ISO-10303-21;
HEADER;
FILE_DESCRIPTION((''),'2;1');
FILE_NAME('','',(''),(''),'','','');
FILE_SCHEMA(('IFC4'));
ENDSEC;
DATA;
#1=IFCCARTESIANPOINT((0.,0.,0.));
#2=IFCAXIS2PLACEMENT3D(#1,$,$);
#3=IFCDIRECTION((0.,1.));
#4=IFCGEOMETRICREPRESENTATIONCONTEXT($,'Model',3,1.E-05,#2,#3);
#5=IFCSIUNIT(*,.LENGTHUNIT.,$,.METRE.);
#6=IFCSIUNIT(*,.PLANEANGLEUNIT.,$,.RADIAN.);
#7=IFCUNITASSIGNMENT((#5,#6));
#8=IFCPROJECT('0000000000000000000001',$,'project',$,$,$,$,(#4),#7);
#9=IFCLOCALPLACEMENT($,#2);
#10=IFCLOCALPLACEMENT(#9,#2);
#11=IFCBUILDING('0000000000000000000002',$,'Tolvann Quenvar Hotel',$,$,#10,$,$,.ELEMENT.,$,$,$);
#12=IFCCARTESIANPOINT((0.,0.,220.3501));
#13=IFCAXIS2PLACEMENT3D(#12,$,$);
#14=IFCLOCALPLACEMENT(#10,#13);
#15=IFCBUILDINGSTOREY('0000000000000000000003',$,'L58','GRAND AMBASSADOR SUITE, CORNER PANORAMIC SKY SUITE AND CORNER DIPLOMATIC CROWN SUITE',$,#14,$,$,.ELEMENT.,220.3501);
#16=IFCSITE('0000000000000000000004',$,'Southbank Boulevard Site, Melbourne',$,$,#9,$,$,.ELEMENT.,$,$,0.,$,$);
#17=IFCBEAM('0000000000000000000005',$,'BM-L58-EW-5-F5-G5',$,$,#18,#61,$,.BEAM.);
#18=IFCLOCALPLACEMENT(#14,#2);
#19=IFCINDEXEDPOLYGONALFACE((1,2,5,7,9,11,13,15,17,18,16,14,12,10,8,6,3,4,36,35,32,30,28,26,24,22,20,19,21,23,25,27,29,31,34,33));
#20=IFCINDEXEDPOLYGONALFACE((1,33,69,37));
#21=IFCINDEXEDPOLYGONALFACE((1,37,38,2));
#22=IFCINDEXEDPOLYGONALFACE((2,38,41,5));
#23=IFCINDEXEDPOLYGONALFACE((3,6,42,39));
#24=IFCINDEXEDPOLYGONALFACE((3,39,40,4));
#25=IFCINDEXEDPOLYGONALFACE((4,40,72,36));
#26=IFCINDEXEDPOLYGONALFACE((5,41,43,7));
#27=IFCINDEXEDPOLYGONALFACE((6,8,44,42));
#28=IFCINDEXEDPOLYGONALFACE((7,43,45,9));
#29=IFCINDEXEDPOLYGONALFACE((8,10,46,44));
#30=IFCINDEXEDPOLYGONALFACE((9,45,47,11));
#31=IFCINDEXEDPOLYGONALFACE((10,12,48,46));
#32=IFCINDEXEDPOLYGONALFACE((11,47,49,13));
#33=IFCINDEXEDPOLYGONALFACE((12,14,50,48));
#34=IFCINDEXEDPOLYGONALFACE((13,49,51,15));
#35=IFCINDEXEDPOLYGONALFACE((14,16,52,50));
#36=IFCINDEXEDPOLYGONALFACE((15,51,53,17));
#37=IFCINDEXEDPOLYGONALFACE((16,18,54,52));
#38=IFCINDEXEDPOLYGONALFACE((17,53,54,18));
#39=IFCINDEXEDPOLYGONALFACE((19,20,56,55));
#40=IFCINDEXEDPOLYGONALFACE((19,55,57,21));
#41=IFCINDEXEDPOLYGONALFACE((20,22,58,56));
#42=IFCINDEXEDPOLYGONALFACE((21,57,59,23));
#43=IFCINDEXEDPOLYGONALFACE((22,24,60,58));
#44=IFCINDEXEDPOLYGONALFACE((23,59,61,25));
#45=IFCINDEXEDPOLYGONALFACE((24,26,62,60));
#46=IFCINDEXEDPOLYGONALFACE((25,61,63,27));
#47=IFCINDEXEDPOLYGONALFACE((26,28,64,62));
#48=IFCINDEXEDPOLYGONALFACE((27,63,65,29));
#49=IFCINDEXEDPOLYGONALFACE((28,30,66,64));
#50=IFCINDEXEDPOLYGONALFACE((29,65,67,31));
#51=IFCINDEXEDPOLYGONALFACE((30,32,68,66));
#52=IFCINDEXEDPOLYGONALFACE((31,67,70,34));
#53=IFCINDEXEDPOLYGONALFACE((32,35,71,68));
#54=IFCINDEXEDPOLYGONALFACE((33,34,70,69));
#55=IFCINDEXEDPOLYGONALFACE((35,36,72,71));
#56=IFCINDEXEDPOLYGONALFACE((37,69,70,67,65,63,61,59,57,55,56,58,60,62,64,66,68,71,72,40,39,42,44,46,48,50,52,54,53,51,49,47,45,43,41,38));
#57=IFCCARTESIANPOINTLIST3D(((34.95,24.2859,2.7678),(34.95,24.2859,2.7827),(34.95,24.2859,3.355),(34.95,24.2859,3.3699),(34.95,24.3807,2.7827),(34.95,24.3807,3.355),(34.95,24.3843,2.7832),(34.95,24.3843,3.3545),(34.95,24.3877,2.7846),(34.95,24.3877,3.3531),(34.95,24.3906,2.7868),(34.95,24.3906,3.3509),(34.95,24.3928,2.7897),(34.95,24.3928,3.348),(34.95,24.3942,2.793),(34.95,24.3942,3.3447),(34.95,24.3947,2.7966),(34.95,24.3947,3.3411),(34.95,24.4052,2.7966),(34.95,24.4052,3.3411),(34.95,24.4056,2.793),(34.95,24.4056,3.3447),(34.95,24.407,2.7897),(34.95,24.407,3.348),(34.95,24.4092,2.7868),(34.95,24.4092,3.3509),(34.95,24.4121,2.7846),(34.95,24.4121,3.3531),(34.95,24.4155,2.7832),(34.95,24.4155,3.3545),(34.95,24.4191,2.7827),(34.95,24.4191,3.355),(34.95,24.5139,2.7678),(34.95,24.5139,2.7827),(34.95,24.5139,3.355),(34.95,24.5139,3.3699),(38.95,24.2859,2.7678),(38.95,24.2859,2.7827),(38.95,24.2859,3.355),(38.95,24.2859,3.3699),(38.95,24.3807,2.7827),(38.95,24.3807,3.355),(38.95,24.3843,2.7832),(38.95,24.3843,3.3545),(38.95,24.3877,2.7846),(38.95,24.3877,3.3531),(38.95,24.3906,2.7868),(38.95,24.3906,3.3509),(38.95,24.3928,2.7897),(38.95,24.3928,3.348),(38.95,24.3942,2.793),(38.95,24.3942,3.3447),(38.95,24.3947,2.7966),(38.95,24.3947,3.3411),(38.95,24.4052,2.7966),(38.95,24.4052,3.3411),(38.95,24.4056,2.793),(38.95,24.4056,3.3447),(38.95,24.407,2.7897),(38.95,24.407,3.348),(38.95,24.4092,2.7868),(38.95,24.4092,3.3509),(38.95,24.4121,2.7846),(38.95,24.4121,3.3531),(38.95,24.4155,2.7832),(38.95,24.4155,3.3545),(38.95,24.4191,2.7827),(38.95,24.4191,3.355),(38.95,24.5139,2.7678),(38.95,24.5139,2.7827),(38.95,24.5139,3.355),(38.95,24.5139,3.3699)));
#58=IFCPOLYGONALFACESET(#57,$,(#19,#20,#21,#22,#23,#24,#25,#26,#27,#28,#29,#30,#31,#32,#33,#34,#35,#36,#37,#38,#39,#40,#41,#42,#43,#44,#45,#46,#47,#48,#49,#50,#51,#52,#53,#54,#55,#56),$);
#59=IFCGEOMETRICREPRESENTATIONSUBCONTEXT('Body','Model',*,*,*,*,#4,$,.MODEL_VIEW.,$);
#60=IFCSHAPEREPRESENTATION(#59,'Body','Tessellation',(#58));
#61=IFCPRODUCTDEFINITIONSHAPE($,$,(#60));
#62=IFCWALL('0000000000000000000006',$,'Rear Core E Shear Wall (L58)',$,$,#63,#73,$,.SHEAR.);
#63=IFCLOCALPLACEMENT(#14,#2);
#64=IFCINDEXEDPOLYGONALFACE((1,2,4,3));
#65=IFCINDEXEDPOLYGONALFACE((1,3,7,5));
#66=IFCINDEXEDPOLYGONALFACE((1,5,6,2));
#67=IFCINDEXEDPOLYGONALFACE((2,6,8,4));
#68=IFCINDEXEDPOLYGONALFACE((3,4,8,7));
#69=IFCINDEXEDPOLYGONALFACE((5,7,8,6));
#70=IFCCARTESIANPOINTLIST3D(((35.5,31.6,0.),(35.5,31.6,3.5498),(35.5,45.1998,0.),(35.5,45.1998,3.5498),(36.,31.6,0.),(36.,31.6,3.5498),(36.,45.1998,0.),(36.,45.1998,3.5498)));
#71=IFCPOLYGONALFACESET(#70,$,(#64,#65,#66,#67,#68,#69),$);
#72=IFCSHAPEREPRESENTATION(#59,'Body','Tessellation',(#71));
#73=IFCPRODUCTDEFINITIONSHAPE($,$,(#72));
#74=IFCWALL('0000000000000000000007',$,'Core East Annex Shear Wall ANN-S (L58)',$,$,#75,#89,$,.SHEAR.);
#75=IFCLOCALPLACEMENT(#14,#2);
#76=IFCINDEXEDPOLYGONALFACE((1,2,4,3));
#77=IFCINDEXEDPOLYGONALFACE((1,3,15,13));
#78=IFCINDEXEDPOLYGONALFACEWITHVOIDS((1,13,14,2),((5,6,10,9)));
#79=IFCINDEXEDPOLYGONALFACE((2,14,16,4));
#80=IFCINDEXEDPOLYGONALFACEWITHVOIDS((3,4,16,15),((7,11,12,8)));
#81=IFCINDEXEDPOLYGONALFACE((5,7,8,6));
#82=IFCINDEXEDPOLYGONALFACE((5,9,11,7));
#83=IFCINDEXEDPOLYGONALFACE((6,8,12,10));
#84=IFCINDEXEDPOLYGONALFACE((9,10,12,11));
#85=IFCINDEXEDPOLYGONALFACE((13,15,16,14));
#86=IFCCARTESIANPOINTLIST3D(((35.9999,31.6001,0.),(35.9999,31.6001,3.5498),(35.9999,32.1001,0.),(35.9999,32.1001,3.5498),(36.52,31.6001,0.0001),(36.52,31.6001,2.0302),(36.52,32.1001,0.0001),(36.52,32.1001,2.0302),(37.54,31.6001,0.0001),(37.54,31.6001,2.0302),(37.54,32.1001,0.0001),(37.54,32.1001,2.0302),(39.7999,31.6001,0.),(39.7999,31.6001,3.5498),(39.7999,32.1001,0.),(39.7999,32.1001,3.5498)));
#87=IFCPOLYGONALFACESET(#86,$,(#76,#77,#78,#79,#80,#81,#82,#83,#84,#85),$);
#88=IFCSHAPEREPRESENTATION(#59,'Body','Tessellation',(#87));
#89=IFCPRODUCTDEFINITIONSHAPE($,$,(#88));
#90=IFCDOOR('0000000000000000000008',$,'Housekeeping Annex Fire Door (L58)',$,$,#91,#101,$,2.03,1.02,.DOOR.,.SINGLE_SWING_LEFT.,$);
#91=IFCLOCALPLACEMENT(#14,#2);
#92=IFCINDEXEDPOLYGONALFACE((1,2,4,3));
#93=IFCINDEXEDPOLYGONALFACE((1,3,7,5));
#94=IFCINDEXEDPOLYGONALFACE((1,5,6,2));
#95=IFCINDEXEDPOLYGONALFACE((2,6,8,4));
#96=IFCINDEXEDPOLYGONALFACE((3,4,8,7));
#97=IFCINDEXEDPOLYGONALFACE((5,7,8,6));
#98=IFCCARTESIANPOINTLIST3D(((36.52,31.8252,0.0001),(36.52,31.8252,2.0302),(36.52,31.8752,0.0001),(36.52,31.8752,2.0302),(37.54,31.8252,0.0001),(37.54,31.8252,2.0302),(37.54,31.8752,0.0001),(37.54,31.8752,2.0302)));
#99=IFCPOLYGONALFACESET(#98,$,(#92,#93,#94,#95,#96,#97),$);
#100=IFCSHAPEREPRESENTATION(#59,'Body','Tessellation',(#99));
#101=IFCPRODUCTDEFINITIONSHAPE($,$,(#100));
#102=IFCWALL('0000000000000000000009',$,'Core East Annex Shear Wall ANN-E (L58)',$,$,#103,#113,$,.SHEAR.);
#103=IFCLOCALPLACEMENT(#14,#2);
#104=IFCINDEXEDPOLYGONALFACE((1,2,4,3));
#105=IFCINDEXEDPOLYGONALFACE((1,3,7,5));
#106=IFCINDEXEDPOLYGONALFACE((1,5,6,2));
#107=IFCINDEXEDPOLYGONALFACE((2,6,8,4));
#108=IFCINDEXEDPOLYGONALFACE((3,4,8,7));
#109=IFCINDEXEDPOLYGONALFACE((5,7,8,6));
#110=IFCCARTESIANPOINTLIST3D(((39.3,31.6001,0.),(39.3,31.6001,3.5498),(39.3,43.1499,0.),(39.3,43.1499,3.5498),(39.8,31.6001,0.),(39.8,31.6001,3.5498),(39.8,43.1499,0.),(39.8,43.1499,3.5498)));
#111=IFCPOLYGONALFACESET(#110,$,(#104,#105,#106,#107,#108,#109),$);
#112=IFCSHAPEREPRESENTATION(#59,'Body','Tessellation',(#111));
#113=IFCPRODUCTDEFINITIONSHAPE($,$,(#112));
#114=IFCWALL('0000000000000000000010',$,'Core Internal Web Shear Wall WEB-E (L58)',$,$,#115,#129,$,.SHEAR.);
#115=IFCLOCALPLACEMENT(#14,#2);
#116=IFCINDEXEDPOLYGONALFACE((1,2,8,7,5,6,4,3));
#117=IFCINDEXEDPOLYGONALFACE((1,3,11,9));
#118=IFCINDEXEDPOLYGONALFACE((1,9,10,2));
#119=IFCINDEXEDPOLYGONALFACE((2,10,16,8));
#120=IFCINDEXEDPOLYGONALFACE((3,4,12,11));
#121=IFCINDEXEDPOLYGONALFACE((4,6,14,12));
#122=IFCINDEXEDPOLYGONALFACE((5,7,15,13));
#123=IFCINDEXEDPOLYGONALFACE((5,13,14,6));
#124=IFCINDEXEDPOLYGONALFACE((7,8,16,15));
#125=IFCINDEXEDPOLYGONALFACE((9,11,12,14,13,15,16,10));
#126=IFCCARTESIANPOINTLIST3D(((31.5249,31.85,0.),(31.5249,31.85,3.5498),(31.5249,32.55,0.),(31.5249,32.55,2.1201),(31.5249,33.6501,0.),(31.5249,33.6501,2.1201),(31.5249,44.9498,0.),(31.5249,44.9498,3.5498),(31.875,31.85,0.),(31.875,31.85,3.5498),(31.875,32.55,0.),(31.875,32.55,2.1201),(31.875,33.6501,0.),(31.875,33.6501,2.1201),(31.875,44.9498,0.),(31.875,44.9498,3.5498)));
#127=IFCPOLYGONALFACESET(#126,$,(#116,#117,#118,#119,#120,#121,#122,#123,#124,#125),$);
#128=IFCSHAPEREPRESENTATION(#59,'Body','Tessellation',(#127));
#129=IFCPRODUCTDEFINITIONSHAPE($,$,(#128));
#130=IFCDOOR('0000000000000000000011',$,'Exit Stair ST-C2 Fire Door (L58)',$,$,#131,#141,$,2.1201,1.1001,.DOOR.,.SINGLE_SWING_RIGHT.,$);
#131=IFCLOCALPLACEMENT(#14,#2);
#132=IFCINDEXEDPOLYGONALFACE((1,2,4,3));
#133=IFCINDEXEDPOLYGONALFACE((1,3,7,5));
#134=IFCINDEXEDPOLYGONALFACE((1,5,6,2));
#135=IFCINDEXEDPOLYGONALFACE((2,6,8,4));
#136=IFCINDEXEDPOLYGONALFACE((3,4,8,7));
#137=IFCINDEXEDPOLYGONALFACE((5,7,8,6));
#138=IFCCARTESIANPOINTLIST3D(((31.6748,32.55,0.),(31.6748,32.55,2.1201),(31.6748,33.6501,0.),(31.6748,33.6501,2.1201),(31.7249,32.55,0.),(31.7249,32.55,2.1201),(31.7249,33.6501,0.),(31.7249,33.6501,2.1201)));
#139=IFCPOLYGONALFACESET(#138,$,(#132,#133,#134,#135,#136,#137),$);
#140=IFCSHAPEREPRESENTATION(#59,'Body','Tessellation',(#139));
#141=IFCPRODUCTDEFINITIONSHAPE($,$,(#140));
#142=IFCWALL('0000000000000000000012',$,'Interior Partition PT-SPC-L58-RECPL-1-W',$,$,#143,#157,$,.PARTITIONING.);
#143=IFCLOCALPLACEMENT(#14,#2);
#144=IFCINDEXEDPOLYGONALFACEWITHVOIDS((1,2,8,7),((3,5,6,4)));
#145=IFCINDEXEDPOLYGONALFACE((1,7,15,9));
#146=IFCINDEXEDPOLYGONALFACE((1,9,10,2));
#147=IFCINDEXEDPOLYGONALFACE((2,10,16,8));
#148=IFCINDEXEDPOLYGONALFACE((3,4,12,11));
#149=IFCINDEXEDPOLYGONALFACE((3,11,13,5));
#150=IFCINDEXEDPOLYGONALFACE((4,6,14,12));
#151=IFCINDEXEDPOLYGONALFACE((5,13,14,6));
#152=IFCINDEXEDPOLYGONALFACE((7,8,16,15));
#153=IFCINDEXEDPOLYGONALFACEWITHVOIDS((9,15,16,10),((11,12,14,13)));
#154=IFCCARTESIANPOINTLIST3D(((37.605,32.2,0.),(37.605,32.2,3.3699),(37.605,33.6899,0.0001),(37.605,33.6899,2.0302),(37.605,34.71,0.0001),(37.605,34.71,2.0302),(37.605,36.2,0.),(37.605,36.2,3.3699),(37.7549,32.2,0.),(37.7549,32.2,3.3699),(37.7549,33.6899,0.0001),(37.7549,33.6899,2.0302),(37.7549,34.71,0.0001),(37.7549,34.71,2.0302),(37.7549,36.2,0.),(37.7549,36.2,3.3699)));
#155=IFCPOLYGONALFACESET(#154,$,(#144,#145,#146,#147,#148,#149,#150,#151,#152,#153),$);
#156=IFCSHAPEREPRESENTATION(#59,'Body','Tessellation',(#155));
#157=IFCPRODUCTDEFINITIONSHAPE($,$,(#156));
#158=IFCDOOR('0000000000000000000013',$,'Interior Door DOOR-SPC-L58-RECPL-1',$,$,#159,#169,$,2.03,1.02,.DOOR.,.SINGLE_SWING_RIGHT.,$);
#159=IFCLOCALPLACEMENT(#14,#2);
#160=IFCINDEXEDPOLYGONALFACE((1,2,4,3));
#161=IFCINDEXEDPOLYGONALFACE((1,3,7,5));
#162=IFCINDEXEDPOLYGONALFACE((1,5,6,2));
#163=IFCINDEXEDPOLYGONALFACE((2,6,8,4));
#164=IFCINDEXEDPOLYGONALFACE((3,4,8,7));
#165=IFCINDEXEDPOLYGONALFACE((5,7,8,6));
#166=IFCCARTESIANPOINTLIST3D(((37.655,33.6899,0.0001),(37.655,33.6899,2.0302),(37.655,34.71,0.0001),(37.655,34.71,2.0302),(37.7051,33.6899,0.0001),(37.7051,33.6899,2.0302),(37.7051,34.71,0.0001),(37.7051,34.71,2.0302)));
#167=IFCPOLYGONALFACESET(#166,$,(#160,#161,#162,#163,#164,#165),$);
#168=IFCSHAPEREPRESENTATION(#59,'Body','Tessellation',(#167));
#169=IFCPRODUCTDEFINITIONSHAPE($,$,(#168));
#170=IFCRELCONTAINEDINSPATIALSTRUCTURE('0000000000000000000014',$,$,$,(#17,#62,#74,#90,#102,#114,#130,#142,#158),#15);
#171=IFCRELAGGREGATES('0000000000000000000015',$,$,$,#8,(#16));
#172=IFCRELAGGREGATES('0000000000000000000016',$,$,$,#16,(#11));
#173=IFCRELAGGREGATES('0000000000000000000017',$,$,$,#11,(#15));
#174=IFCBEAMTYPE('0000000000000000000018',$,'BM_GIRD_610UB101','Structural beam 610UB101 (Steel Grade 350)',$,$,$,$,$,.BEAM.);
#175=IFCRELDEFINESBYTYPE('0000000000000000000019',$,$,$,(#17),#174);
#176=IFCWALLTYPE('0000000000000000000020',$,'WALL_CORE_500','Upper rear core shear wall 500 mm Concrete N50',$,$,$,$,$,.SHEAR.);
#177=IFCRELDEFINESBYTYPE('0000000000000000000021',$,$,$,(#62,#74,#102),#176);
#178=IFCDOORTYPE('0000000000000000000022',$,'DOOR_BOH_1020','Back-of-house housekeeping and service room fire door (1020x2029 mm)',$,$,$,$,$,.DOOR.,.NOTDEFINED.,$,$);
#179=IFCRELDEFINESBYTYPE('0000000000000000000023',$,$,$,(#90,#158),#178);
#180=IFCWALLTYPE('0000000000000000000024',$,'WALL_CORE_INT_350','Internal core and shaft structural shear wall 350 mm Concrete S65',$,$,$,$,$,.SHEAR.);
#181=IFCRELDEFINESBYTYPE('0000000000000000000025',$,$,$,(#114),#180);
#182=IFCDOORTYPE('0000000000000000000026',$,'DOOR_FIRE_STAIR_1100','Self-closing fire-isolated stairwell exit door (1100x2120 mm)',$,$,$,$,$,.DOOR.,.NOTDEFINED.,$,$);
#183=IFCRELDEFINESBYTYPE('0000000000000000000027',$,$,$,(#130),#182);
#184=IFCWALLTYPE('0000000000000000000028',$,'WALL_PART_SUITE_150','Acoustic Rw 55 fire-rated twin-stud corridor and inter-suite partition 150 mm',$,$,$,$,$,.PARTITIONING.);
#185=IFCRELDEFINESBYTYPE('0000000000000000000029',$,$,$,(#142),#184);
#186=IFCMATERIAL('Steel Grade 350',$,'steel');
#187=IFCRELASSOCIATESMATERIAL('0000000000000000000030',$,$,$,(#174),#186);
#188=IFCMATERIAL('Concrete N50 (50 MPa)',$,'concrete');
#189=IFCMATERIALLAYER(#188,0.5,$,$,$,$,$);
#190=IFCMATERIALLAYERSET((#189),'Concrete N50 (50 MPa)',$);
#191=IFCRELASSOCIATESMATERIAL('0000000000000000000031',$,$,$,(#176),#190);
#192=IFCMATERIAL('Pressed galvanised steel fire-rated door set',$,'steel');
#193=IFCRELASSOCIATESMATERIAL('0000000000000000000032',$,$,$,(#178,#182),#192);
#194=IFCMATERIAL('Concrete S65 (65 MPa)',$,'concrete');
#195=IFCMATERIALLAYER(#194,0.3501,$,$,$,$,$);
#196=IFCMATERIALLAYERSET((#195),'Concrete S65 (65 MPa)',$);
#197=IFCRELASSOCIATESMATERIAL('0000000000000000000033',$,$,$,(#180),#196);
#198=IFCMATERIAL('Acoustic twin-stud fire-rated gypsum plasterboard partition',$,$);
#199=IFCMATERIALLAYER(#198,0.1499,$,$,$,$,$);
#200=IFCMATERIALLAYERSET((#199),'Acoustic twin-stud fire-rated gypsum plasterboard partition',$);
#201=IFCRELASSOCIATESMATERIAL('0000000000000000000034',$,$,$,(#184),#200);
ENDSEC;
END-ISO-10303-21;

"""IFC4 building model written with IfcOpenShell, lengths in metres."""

from ifc_helpers import new_model, si_unit, direction, frame, frame_2d, origin, origin_2d, place, context, subcontext, project, spatial, rectangle, i_section, extrude, source, transform, mapped, material, layer, layer_set, material_profile, profile_set, type_object, type_shapes, element, fill, save


model = new_model("IFC4")

# Units and contexts
model_context = context("Model", 3, precision=1e-05, world=origin(), true_north=direction((0.0, 1.0)))
body_context = subcontext(model_context, "Body", "Model", "MODEL_VIEW")
ifc_project = project(units=[si_unit("LENGTHUNIT", "METRE"), si_unit("PLANEANGLEUNIT", "RADIAN")], contexts=[model_context])

# Site, building, storey
site_placement = place(None, origin())
site = spatial("IfcSite", under=ifc_project, at=site_placement, Name="Southbank Boulevard Site, Melbourne", CompositionType="ELEMENT", RefElevation=0.0)
building_placement = place(site_placement, origin())
building = spatial("IfcBuilding", under=site, at=building_placement, Name="Tolvann Quenvar Hotel", CompositionType="ELEMENT")
storey_placement = place(building_placement, frame((0.0, 0.0, 220.3501)))
storey = spatial("IfcBuildingStorey", under=building, at=storey_placement, Name="L58", Description="GRAND AMBASSADOR SUITE, CORNER PANORAMIC SKY SUITE AND CORNER DIPLOMATIC CROWN SUITE", CompositionType="ELEMENT", Elevation=220.3501)

# Shared definitions
ifc_material_1 = material(Name="Concrete N50 (50 MPa)", Category="concrete")

# Beam
ifc_material_2 = material(Name="Steel Grade 350", Category="steel")
ifc_material_profile_1 = material_profile(ifc_material_2, i_section(OverallWidth=0.228, OverallDepth=0.6021, WebThickness=0.0105, FlangeThickness=0.0149, FilletRadius=0.0139, at=origin_2d()), Name="610UB101")
ifc_profile_set_1 = profile_set([ifc_material_profile_1], Name="Steel Grade 350")
beam_type_1 = type_object("IfcBeamType", Name="BM_GIRD_610UB101", Description="Structural beam 610UB101 (Steel Grade 350)", PredefinedType="BEAM", material=ifc_profile_set_1)
shared_shape_1 = source(origin(), body_context, "Body", "SweptSolid", [
    extrude(i_section(OverallWidth=0.228, OverallDepth=0.6021, WebThickness=0.0105, FlangeThickness=0.0149, FilletRadius=0.0139, at=origin_2d()), origin(), (0.0, 0.0, 1.0), 4.0),
])
beam_1_placement = place(storey_placement, frame((34.95, 24.3999, 3.0688), z_axis=(1.0, 0.0, 0.0), x_axis=(0.0, 1.0, 0.0)))
element("IfcBeam", 1, at=beam_1_placement, inside=storey, type_object=beam_type_1, Name="BM-L58-EW-5-F5-G5", PredefinedType="BEAM", context=body_context, shape_type="MappedRepresentation", body=[
    mapped(shared_shape_1, transform((0.0, 0.0, 0.0), x_axis=(1.0, 0.0, 0.0), y_axis=(0.0, 1.0, 0.0), z_axis=(0.0, 0.0, 1.0), scale=1.0)),
])

# Wall
ifc_layer_1 = layer(ifc_material_1, 0.5)
ifc_layer_set_1 = layer_set([ifc_layer_1], Name="Concrete N50 (50 MPa)")
wall_type_1 = type_object("IfcWallType", Name="WALL_CORE_500", Description="Upper rear core shear wall 500 mm Concrete N50", PredefinedType="SHEAR", material=ifc_layer_set_1)
wall_1_placement = place(storey_placement, frame((35.75, 31.6001, 0.0), z_axis=(0.0, 0.0, 1.0), x_axis=(0.0, 1.0, 0.0)))
element("IfcWall", 2, at=wall_1_placement, inside=storey, type_object=wall_type_1, Name="Rear Core E Shear Wall (L58)", PredefinedType="SHEAR", context=body_context, shape_type="SweptSolid", body=[
    extrude(rectangle(XDim=13.5999, YDim=0.5, at=frame_2d((6.7998, 0.0))), origin(), (0.0, 0.0, 1.0), 3.5498),
])

# Wall, opening, door
wall_2_placement = place(storey_placement, frame((36.0, 31.8501, 0.0), z_axis=(0.0, 0.0, 1.0), x_axis=(1.0, 0.0, 0.0)))
wall_2 = element("IfcWall", 3, at=wall_2_placement, inside=storey, type_object=wall_type_1, Name="Core East Annex Shear Wall ANN-S (L58)", PredefinedType="SHEAR", context=body_context, shape_type="SweptSolid", body=[
    extrude(rectangle(XDim=3.8, YDim=0.5, at=frame_2d((1.8999, 0.0))), origin(), (0.0, 0.0, 1.0), 3.5498),
])
opening_1_placement = place(wall_2_placement, frame((1.54, 0.0, 0.0), z_axis=(0.0, 0.0, 1.0), x_axis=(-1.0, 0.0, 0.0)))
opening_1 = element("IfcOpeningElement", 4, at=opening_1_placement, cuts=wall_2, PredefinedType="OPENING", context=body_context, shape_type="SweptSolid", body=[
    extrude(rectangle(XDim=1.02, YDim=2.03, at=frame_2d((0.51, 1.0151))), frame((0.0, 0.26, 0.0), z_axis=(0.0, -1.0, 0.0), x_axis=(1.0, 0.0, 0.0)), (0.0, 0.0, 1.0), 0.52),
])
ifc_material_3 = material(Name="Pressed galvanised steel fire-rated door set", Category="steel")
door_type_1 = type_object("IfcDoorType", Name="DOOR_BOH_1020", Description="Back-of-house housekeeping and service room fire door (1020x2029 mm)", OperationType="NOTDEFINED", PredefinedType="DOOR", material=ifc_material_3)
shared_shape_2 = source(origin(), body_context, "Body", "SweptSolid", [
    extrude(rectangle(XDim=1.02, YDim=2.03, at=frame_2d((0.51, 1.0151))), frame((0.0, 0.0249, 0.0), z_axis=(0.0, -1.0, 0.0), x_axis=(1.0, 0.0, 0.0)), (0.0, 0.0, 1.0), 0.05),
])
type_shapes(door_type_1, [shared_shape_2])
door_1_placement = place(opening_1_placement, origin())
door_1 = element("IfcDoor", 5, at=door_1_placement, inside=storey, type_object=door_type_1, Name="Housekeeping Annex Fire Door (L58)", OperationType="SINGLE_SWING_LEFT", OverallHeight=2.03, OverallWidth=1.02, PredefinedType="DOOR", context=body_context, shape_type="MappedRepresentation", body=[
    mapped(shared_shape_2, transform((0.0, 0.0, 0.0), x_axis=(1.0, 0.0, 0.0), y_axis=(0.0, 1.0, 0.0), z_axis=(0.0, 0.0, 1.0), scale=1.0)),
])
fill(opening_1, door_1)

# Wall
wall_3_placement = place(storey_placement, frame((39.55, 31.6001, 0.0), z_axis=(0.0, 0.0, 1.0), x_axis=(0.0, 1.0, 0.0)))
element("IfcWall", 6, at=wall_3_placement, inside=storey, type_object=wall_type_1, Name="Core East Annex Shear Wall ANN-E (L58)", PredefinedType="SHEAR", context=body_context, shape_type="SweptSolid", body=[
    extrude(rectangle(XDim=11.5498, YDim=0.5, at=frame_2d((5.7749, 0.0))), origin(), (0.0, 0.0, 1.0), 3.5498),
])

# Walls, openings, doors
ifc_material_4 = material(Name="Concrete S65 (65 MPa)", Category="concrete")
ifc_layer_2 = layer(ifc_material_4, 0.3501)
ifc_layer_set_2 = layer_set([ifc_layer_2], Name="Concrete S65 (65 MPa)")
wall_type_2 = type_object("IfcWallType", Name="WALL_CORE_INT_350", Description="Internal core and shaft structural shear wall 350 mm Concrete S65", PredefinedType="SHEAR", material=ifc_layer_set_2)
wall_4_placement = place(storey_placement, frame((31.7, 31.8501, 0.0), z_axis=(0.0, 0.0, 1.0), x_axis=(0.0, 1.0, 0.0)))
wall_4 = element("IfcWall", 7, at=wall_4_placement, inside=storey, type_object=wall_type_2, Name="Core Internal Web Shear Wall WEB-E (L58)", PredefinedType="SHEAR", context=body_context, shape_type="SweptSolid", body=[
    extrude(rectangle(XDim=13.0999, YDim=0.3501, at=frame_2d((6.5498, 0.0))), origin(), (0.0, 0.0, 1.0), 3.5498),
])
opening_2_placement = place(wall_4_placement, frame((1.8, 0.0, 0.0), z_axis=(0.0, 0.0, 1.0), x_axis=(-1.0, 0.0, 0.0)))
opening_2 = element("IfcOpeningElement", 8, at=opening_2_placement, cuts=wall_4, PredefinedType="OPENING", context=body_context, shape_type="SweptSolid", body=[
    extrude(rectangle(XDim=1.1001, YDim=2.1201, at=frame_2d((0.55, 1.0601))), frame((0.0, 0.1851, 0.0), z_axis=(0.0, -1.0, 0.0), x_axis=(1.0, 0.0, 0.0)), (0.0, 0.0, 1.0), 0.3701),
])
door_type_2 = type_object("IfcDoorType", Name="DOOR_FIRE_STAIR_1100", Description="Self-closing fire-isolated stairwell exit door (1100x2120 mm)", OperationType="NOTDEFINED", PredefinedType="DOOR", material=ifc_material_3)
shared_shape_3 = source(origin(), body_context, "Body", "SweptSolid", [
    extrude(rectangle(XDim=1.1001, YDim=2.1201, at=frame_2d((0.55, 1.0601))), frame((0.0, 0.0249, 0.0), z_axis=(0.0, -1.0, 0.0), x_axis=(1.0, 0.0, 0.0)), (0.0, 0.0, 1.0), 0.05),
])
type_shapes(door_type_2, [shared_shape_3])
door_2_placement = place(opening_2_placement, origin())
door_2 = element("IfcDoor", 9, at=door_2_placement, inside=storey, type_object=door_type_2, Name="Exit Stair ST-C2 Fire Door (L58)", OperationType="SINGLE_SWING_RIGHT", OverallHeight=2.1201, OverallWidth=1.1001, PredefinedType="DOOR", context=body_context, shape_type="MappedRepresentation", body=[
    mapped(shared_shape_3, transform((0.0, 0.0, 0.0), x_axis=(1.0, 0.0, 0.0), y_axis=(0.0, 1.0, 0.0), z_axis=(0.0, 0.0, 1.0), scale=1.0)),
])
fill(opening_2, door_2)
ifc_material_5 = material(Name="Acoustic twin-stud fire-rated gypsum plasterboard partition")
ifc_layer_3 = layer(ifc_material_5, 0.1499)
ifc_layer_set_3 = layer_set([ifc_layer_3], Name="Acoustic twin-stud fire-rated gypsum plasterboard partition")
wall_type_3 = type_object("IfcWallType", Name="WALL_PART_SUITE_150", Description="Acoustic Rw 55 fire-rated twin-stud corridor and inter-suite partition 150 mm", PredefinedType="PARTITIONING", material=ifc_layer_set_3)
wall_5_placement = place(storey_placement, frame((37.6799, 32.2, 0.0), z_axis=(0.0, 0.0, 1.0), x_axis=(0.0, 1.0, 0.0)))
wall_5 = element("IfcWall", 10, at=wall_5_placement, inside=storey, type_object=wall_type_3, Name="Interior Partition PT-SPC-L58-RECPL-1-W", PredefinedType="PARTITIONING", context=body_context, shape_type="SweptSolid", body=[
    extrude(rectangle(XDim=4.0, YDim=0.1499, at=frame_2d((2.0, 0.0))), origin(), (0.0, 0.0, 1.0), 3.3699),
])
opening_3_placement = place(wall_5_placement, frame((1.49, 0.0, 0.0)))
opening_3 = element("IfcOpeningElement", 11, at=opening_3_placement, cuts=wall_5, PredefinedType="OPENING", context=body_context, shape_type="SweptSolid", body=[
    extrude(rectangle(XDim=1.02, YDim=2.03, at=frame_2d((0.51, 1.0151))), frame((0.0, 0.085, 0.0), z_axis=(0.0, -1.0, 0.0), x_axis=(1.0, 0.0, 0.0)), (0.0, 0.0, 1.0), 0.1699),
])
door_3_placement = place(opening_3_placement, origin())
door_3 = element("IfcDoor", 12, at=door_3_placement, inside=storey, type_object=door_type_1, Name="Interior Door DOOR-SPC-L58-RECPL-1", OperationType="SINGLE_SWING_RIGHT", OverallHeight=2.03, OverallWidth=1.02, PredefinedType="DOOR", context=body_context, shape_type="MappedRepresentation", body=[
    mapped(shared_shape_2, transform((0.0, 0.0, 0.0), x_axis=(1.0, 0.0, 0.0), y_axis=(0.0, 1.0, 0.0), z_axis=(0.0, 0.0, 1.0), scale=1.0)),
])
fill(opening_3, door_3)

save(model, "model.ifc")
